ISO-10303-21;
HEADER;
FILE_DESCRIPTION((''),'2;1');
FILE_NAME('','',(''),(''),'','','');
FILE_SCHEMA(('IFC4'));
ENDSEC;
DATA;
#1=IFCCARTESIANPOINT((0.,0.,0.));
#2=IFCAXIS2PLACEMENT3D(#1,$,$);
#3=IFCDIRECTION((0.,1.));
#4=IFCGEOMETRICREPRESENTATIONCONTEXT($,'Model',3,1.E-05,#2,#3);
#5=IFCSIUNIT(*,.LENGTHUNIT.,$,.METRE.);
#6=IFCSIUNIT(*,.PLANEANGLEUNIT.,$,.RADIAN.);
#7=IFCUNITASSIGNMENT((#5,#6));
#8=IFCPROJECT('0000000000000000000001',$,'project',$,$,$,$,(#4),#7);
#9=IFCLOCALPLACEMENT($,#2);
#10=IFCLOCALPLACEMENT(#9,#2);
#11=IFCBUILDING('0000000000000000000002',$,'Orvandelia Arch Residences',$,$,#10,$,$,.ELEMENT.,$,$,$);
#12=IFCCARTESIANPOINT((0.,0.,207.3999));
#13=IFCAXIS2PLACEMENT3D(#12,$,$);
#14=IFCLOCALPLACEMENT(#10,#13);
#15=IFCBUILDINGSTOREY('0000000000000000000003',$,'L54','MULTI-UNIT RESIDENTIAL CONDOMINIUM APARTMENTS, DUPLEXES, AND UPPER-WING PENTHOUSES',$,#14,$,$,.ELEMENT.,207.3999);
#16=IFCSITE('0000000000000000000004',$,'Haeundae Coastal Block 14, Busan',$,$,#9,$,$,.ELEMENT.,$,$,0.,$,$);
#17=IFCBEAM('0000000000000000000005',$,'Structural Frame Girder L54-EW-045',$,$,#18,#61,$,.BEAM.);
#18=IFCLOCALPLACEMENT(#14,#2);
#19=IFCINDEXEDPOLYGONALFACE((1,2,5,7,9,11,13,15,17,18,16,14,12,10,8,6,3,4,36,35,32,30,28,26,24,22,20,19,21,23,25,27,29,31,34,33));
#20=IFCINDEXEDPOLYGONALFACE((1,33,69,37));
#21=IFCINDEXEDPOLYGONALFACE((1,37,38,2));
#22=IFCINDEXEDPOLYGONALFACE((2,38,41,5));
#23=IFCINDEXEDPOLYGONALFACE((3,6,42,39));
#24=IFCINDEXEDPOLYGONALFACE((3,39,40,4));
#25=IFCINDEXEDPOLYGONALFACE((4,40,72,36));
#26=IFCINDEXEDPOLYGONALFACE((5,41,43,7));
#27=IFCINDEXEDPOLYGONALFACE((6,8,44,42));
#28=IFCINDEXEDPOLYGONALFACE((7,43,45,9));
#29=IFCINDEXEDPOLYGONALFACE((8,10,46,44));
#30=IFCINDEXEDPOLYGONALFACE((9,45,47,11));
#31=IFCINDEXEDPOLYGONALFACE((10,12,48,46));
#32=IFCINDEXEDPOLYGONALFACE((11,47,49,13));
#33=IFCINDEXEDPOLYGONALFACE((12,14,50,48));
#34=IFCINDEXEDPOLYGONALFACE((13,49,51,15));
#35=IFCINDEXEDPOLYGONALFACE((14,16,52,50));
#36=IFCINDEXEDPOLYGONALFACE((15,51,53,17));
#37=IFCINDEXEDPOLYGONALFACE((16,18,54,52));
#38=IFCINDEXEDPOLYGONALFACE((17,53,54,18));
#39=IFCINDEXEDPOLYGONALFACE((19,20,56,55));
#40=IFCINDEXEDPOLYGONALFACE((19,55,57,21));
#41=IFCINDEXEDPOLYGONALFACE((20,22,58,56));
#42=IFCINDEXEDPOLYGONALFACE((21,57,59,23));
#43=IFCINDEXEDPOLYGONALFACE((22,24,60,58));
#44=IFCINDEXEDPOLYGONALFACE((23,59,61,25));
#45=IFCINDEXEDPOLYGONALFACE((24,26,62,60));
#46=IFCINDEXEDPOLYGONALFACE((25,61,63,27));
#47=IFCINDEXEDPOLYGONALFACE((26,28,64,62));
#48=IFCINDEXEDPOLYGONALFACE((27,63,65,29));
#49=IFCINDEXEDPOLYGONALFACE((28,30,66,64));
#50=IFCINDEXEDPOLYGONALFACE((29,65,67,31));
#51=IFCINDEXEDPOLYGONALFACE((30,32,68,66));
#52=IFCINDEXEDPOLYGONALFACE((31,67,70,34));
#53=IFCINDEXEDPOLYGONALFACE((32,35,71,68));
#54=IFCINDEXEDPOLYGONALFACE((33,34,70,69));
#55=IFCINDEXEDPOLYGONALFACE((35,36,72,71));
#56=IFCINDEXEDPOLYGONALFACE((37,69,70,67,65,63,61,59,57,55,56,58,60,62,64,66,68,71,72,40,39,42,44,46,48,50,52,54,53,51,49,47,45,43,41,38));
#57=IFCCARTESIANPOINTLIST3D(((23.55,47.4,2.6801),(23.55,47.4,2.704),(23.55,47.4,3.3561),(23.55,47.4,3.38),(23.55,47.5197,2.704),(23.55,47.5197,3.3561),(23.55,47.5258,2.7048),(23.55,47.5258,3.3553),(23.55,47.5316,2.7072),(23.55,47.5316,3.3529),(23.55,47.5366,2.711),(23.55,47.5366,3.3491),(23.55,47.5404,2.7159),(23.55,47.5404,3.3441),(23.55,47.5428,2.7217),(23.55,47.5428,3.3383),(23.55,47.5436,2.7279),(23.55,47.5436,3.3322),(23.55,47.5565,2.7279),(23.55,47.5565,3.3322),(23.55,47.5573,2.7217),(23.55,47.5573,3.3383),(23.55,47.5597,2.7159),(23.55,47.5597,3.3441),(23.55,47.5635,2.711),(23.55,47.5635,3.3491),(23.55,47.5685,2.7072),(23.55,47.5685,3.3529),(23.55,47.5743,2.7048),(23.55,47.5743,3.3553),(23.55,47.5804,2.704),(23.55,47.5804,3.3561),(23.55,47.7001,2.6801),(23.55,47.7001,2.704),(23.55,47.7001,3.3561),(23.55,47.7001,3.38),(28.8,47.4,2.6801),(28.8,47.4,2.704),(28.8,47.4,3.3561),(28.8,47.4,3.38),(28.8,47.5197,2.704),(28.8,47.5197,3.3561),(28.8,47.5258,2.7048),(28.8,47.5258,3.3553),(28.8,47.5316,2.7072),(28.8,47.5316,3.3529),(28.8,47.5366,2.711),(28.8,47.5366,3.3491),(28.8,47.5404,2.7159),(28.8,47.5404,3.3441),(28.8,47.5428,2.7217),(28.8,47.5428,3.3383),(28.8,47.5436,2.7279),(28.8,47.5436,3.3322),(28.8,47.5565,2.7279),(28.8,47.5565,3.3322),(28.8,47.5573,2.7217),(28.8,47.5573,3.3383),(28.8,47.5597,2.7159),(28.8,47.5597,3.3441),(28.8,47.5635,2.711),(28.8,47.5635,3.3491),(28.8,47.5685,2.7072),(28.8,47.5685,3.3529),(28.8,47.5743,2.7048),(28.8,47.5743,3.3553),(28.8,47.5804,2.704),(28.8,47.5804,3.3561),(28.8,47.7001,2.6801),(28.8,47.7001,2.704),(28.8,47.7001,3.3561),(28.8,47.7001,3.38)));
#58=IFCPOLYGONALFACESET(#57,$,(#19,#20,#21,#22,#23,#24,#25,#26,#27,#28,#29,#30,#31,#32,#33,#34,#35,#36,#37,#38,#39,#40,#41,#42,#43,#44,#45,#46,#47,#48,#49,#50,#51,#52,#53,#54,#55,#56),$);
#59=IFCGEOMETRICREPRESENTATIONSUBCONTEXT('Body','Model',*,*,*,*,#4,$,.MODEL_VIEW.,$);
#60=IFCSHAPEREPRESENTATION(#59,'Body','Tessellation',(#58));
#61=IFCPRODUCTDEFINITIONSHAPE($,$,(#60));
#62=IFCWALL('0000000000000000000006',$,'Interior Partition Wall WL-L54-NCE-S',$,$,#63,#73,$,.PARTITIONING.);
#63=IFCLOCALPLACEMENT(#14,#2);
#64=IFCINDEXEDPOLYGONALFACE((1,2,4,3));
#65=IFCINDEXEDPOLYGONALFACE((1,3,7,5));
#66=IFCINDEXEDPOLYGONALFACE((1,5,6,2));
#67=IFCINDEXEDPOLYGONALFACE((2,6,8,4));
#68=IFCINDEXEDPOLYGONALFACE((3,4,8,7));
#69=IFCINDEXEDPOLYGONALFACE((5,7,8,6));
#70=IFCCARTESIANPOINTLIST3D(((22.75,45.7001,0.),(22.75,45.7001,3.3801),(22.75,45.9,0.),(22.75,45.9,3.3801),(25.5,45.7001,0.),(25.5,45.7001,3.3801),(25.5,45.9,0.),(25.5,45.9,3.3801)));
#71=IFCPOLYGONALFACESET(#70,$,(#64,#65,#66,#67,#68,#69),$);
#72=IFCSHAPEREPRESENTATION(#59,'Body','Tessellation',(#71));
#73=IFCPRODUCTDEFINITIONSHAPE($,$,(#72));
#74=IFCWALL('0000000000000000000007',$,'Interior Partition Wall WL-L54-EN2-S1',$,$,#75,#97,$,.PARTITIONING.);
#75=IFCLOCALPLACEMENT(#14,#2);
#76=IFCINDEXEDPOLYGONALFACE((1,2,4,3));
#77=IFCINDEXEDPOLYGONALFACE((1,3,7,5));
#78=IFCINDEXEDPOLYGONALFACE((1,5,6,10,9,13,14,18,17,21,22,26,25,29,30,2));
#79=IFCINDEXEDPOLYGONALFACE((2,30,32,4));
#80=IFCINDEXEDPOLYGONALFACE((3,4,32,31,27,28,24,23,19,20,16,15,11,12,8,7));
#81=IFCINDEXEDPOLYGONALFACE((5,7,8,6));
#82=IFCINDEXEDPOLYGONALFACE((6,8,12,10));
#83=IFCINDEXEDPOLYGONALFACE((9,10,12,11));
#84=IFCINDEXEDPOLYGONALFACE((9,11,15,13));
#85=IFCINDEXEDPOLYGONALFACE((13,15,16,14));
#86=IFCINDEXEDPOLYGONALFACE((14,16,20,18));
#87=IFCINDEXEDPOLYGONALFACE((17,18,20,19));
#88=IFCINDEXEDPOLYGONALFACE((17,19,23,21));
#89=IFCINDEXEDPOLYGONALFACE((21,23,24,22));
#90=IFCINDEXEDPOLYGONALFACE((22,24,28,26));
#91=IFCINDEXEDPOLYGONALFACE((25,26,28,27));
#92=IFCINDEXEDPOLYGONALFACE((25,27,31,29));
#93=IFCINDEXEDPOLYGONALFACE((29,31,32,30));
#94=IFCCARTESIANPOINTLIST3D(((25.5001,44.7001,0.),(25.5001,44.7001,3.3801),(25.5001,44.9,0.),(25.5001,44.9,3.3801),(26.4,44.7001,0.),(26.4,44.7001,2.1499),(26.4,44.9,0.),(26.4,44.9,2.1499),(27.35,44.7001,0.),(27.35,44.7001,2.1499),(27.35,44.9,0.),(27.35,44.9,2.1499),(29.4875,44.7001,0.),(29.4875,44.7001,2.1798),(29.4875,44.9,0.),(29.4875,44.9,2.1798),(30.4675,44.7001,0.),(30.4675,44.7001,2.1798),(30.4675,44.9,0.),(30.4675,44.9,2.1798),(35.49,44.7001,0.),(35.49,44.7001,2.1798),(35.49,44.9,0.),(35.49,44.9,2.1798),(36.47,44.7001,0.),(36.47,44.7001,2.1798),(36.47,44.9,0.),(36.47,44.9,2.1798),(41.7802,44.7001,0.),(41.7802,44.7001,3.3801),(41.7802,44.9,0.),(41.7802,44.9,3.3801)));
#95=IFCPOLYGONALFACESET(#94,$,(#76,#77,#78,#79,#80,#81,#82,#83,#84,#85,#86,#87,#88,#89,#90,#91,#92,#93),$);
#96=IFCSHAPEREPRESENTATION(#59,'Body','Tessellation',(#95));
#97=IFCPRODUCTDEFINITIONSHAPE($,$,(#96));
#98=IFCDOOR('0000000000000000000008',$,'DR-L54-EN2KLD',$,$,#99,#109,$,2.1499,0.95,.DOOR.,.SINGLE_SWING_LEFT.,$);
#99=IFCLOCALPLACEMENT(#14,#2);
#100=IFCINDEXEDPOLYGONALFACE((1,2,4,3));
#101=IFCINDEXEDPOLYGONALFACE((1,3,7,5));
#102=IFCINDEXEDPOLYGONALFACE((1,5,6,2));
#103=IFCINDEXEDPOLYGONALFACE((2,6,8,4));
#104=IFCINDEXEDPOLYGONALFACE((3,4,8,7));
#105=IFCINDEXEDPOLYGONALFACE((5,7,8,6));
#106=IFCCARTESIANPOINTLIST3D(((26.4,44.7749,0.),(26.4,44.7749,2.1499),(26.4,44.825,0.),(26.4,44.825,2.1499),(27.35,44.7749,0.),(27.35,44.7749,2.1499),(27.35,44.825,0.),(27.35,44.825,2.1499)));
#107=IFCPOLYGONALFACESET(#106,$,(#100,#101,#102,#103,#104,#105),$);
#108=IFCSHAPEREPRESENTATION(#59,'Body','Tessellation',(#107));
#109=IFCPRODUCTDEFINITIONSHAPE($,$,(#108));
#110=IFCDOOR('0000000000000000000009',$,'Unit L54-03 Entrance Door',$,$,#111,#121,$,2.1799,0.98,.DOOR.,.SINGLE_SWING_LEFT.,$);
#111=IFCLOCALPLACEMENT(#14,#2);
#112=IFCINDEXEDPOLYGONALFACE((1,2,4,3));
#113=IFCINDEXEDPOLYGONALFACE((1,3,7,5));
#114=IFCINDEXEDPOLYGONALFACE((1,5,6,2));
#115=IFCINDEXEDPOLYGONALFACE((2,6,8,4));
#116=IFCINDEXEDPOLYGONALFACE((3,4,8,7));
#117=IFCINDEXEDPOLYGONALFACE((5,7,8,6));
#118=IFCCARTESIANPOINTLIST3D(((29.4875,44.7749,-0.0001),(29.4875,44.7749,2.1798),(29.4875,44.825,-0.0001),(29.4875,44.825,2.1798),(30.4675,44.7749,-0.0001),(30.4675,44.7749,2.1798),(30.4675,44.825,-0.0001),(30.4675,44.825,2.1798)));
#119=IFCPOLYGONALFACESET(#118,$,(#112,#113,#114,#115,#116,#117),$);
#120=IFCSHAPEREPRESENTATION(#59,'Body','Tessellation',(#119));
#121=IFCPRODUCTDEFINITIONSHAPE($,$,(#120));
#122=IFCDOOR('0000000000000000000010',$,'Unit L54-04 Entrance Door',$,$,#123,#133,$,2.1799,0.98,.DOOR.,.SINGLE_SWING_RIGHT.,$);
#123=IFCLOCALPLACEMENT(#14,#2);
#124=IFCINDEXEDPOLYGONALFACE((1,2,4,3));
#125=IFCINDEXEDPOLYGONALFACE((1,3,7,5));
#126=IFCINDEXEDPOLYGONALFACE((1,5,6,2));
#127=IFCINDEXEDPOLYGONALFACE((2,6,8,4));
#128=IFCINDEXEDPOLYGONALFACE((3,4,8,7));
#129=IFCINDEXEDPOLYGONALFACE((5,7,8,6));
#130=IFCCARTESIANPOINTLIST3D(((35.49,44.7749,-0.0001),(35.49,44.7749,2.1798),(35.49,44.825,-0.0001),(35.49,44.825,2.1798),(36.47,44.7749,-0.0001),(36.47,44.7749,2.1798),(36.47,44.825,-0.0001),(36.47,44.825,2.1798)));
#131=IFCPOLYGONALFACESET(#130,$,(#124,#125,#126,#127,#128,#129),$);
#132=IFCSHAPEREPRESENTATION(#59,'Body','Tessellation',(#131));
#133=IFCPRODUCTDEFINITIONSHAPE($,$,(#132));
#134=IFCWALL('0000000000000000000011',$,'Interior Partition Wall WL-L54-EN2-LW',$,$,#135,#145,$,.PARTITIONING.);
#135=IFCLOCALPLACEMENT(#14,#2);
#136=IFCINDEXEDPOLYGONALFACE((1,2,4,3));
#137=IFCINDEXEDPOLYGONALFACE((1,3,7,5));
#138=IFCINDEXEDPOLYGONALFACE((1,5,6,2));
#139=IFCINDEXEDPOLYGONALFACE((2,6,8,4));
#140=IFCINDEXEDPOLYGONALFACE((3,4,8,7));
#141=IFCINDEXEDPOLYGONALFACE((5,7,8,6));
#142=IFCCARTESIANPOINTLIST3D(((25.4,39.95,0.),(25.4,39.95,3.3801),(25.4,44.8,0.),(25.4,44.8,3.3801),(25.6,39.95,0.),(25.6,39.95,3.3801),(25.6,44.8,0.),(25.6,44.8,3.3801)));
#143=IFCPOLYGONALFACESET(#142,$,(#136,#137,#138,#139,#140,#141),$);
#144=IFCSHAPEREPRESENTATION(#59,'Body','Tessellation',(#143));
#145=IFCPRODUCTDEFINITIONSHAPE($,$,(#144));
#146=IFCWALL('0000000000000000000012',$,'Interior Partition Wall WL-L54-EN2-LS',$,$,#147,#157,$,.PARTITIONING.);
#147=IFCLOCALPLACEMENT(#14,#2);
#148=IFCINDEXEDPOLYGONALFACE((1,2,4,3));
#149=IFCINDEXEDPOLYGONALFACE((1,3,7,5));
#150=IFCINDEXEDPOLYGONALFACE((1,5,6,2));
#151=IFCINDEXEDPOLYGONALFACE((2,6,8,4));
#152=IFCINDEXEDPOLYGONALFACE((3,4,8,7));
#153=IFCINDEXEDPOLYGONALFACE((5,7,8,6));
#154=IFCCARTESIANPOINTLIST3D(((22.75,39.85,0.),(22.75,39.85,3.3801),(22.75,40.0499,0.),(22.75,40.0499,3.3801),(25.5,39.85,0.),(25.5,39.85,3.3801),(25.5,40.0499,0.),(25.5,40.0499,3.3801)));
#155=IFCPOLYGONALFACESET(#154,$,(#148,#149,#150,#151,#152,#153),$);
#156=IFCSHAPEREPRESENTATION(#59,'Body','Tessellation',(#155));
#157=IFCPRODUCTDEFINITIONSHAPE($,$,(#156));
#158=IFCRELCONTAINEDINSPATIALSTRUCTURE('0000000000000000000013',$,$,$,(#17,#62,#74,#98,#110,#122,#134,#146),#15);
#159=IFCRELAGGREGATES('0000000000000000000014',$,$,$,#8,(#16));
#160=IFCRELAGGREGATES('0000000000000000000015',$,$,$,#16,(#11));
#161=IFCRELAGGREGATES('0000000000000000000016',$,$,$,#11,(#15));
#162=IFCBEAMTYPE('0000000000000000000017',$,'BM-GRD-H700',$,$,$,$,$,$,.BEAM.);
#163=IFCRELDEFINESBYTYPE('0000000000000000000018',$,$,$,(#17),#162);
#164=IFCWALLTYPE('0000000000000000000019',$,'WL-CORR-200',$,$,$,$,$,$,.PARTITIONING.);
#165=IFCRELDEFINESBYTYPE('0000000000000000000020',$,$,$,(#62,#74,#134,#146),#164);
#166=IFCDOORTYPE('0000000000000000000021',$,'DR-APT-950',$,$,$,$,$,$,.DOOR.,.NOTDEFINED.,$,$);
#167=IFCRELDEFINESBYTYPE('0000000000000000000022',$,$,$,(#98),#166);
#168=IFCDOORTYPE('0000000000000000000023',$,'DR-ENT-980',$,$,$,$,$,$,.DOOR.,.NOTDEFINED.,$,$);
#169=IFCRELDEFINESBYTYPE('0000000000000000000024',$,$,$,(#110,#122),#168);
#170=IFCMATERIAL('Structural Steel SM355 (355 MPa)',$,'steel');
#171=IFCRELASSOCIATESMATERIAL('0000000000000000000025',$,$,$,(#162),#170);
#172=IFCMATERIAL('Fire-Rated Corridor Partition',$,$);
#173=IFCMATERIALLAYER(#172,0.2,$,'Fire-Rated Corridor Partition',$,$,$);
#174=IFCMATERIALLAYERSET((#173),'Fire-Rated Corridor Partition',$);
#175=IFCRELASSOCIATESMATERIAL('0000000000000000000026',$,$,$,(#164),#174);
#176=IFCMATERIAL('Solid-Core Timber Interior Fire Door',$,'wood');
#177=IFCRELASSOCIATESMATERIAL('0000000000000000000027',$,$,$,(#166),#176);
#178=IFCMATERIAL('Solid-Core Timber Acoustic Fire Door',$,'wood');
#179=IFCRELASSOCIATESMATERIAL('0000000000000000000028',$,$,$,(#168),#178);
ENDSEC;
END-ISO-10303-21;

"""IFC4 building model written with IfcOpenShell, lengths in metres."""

from ifc_helpers import new_model, si_unit, direction, frame, frame_2d, origin, origin_2d, place, context, subcontext, project, spatial, rectangle, i_section, extrude, material, layer, layer_set, material_profile, profile_set, type_object, element, fill, save


model = new_model("IFC4")

# Units and contexts
model_context = context("Model", 3, precision=1e-05, world=origin(), true_north=direction((0.0, 1.0)))
body_context = subcontext(model_context, "Body", "Model", "MODEL_VIEW")
ifc_project = project(units=[si_unit("LENGTHUNIT", "METRE"), si_unit("PLANEANGLEUNIT", "RADIAN")], contexts=[model_context])

# Site, building, storey
site_placement = place(None, origin())
site = spatial("IfcSite", under=ifc_project, at=site_placement, Name="Haeundae Coastal Block 14, Busan", CompositionType="ELEMENT", RefElevation=0.0)
building_placement = place(site_placement, origin())
building = spatial("IfcBuilding", under=site, at=building_placement, Name="Orvandelia Arch Residences", CompositionType="ELEMENT")
storey_placement = place(building_placement, frame((0.0, 0.0, 207.3999)))
storey = spatial("IfcBuildingStorey", under=building, at=storey_placement, Name="L54", Description="MULTI-UNIT RESIDENTIAL CONDOMINIUM APARTMENTS, DUPLEXES, AND UPPER-WING PENTHOUSES", CompositionType="ELEMENT", Elevation=207.3999)

# Beam
ifc_material_1 = material(Name="Structural Steel SM355 (355 MPa)", Category="steel")
ifc_material_profile_1 = material_profile(ifc_material_1, i_section(OverallWidth=0.3, OverallDepth=0.7, WebThickness=0.0129, FlangeThickness=0.0239, FilletRadius=0.0239, at=origin_2d()), Name="Structural Steel SM355 (355 MPa)", Category="steel")
ifc_profile_set_1 = profile_set([ifc_material_profile_1], Name="Structural Steel SM355 (355 MPa)")
beam_type = type_object("IfcBeamType", Name="BM-GRD-H700", PredefinedType="BEAM", material=ifc_profile_set_1)
beam_1_placement = place(storey_placement, frame((23.55, 47.55, 3.03), z_axis=(1.0, 0.0, 0.0), x_axis=(0.0, 1.0, 0.0)))
element("IfcBeam", 1, at=beam_1_placement, inside=storey, type_object=beam_type, Name="Structural Frame Girder L54-EW-045", PredefinedType="BEAM", context=body_context, shape_type="SweptSolid", body=[
    extrude(i_section(OverallWidth=0.3, OverallDepth=0.7, WebThickness=0.0129, FlangeThickness=0.0239, FilletRadius=0.0239, at=origin_2d()), origin(), (0.0, 0.0, 1.0), 5.25),
])

# Wall
ifc_material_2 = material(Name="Fire-Rated Corridor Partition")
ifc_layer_1 = layer(ifc_material_2, 0.2, Name="Fire-Rated Corridor Partition")
ifc_layer_set_1 = layer_set([ifc_layer_1], Name="Fire-Rated Corridor Partition")
wall_type_1 = type_object("IfcWallType", Name="WL-CORR-200", PredefinedType="PARTITIONING", material=ifc_layer_set_1)
wall_1_placement = place(storey_placement, frame((22.75, 45.8, 0.0), z_axis=(0.0, 0.0, 1.0), x_axis=(1.0, 0.0, 0.0)))
element("IfcWall", 2, at=wall_1_placement, inside=storey, type_object=wall_type_1, Name="Interior Partition Wall WL-L54-NCE-S", PredefinedType="PARTITIONING", context=body_context, shape_type="SweptSolid", body=[
    extrude(rectangle(XDim=2.75, YDim=0.2, at=frame_2d((1.375, 0.0))), origin(), (0.0, 0.0, 1.0), 3.3801),
])

# Wall, openings, doors
wall_2_placement = place(storey_placement, frame((25.5, 44.8, 0.0), z_axis=(0.0, 0.0, 1.0), x_axis=(1.0, 0.0, 0.0)))
wall_2 = element("IfcWall", 3, at=wall_2_placement, inside=storey, type_object=wall_type_1, Name="Interior Partition Wall WL-L54-EN2-S1", PredefinedType="PARTITIONING", context=body_context, shape_type="SweptSolid", body=[
    extrude(rectangle(XDim=16.28, YDim=0.2, at=frame_2d((8.1401, 0.0))), origin(), (0.0, 0.0, 1.0), 3.3801),
])
opening_1_placement = place(wall_2_placement, frame((0.8999, 0.0, 0.0)))
opening_1 = element("IfcOpeningElement", 4, at=opening_1_placement, cuts=wall_2, PredefinedType="OPENING", context=body_context, shape_type="SweptSolid", body=[
    extrude(rectangle(XDim=0.95, YDim=2.1499, at=frame_2d((0.4751, 1.075))), frame((0.0, 0.1099, 0.0), z_axis=(0.0, -1.0, 0.0), x_axis=(1.0, 0.0, 0.0)), (0.0, 0.0, 1.0), 0.22),
])
opening_2_placement = place(wall_2_placement, frame((3.9875, 0.0, 0.0)))
opening_2 = element("IfcOpeningElement", 5, at=opening_2_placement, cuts=wall_2, PredefinedType="OPENING", context=body_context, shape_type="SweptSolid", body=[
    extrude(rectangle(XDim=0.98, YDim=2.1799, at=frame_2d((0.49, 1.0898))), frame((0.0, 0.1099, 0.0), z_axis=(0.0, -1.0, 0.0), x_axis=(1.0, 0.0, 0.0)), (0.0, 0.0, 1.0), 0.22),
])
opening_3_placement = place(wall_2_placement, frame((9.99, 0.0, 0.0)))
opening_3 = element("IfcOpeningElement", 6, at=opening_3_placement, cuts=wall_2, PredefinedType="OPENING", context=body_context, shape_type="SweptSolid", body=[
    extrude(rectangle(XDim=0.98, YDim=2.1799, at=frame_2d((0.49, 1.0898))), frame((0.0, 0.1099, 0.0), z_axis=(0.0, -1.0, 0.0), x_axis=(1.0, 0.0, 0.0)), (0.0, 0.0, 1.0), 0.22),
])
ifc_material_3 = material(Name="Solid-Core Timber Interior Fire Door", Category="wood")
door_type_1 = type_object("IfcDoorType", Name="DR-APT-950", OperationType="NOTDEFINED", PredefinedType="DOOR", material=ifc_material_3)
door_1_placement = place(opening_1_placement, origin())
door_1 = element("IfcDoor", 7, at=door_1_placement, inside=storey, type_object=door_type_1, Name="DR-L54-EN2KLD", OperationType="SINGLE_SWING_LEFT", OverallHeight=2.1499, OverallWidth=0.95, PredefinedType="DOOR", context=body_context, shape_type="SweptSolid", body=[
    extrude(rectangle(XDim=0.95, YDim=2.1499, at=frame_2d((0.4751, 1.075))), frame((0.0, 0.0249, 0.0), z_axis=(0.0, -1.0, 0.0), x_axis=(1.0, 0.0, 0.0)), (0.0, 0.0, 1.0), 0.05),
])
fill(opening_1, door_1)
ifc_material_4 = material(Name="Solid-Core Timber Acoustic Fire Door", Category="wood")
door_type_2 = type_object("IfcDoorType", Name="DR-ENT-980", OperationType="NOTDEFINED", PredefinedType="DOOR", material=ifc_material_4)
door_2_placement = place(opening_2_placement, origin())
door_2 = element("IfcDoor", 8, at=door_2_placement, inside=storey, type_object=door_type_2, Name="Unit L54-03 Entrance Door", OperationType="SINGLE_SWING_LEFT", OverallHeight=2.1799, OverallWidth=0.98, PredefinedType="DOOR", context=body_context, shape_type="SweptSolid", body=[
    extrude(rectangle(XDim=0.98, YDim=2.1799, at=frame_2d((0.49, 1.0898))), frame((0.0, 0.0249, 0.0), z_axis=(0.0, -1.0, 0.0), x_axis=(1.0, 0.0, 0.0)), (0.0, 0.0, 1.0), 0.05),
])
fill(opening_2, door_2)
door_3_placement = place(opening_3_placement, origin())
door_3 = element("IfcDoor", 9, at=door_3_placement, inside=storey, type_object=door_type_2, Name="Unit L54-04 Entrance Door", OperationType="SINGLE_SWING_RIGHT", OverallHeight=2.1799, OverallWidth=0.98, PredefinedType="DOOR", context=body_context, shape_type="SweptSolid", body=[
    extrude(rectangle(XDim=0.98, YDim=2.1799, at=frame_2d((0.49, 1.0898))), frame((0.0, 0.0249, 0.0), z_axis=(0.0, -1.0, 0.0), x_axis=(1.0, 0.0, 0.0)), (0.0, 0.0, 1.0), 0.05),
])
fill(opening_3, door_3)

# Walls
wall_3_placement = place(storey_placement, frame((25.5, 39.95, 0.0), z_axis=(0.0, 0.0, 1.0), x_axis=(0.0, 1.0, 0.0)))
element("IfcWall", 10, at=wall_3_placement, inside=storey, type_object=wall_type_1, Name="Interior Partition Wall WL-L54-EN2-LW", PredefinedType="PARTITIONING", context=body_context, shape_type="SweptSolid", body=[
    extrude(rectangle(XDim=4.8501, YDim=0.2, at=frame_2d((2.425, 0.0))), origin(), (0.0, 0.0, 1.0), 3.3801),
])
wall_4_placement = place(storey_placement, frame((22.75, 39.95, 0.0), z_axis=(0.0, 0.0, 1.0), x_axis=(1.0, 0.0, 0.0)))
element("IfcWall", 11, at=wall_4_placement, inside=storey, type_object=wall_type_1, Name="Interior Partition Wall WL-L54-EN2-LS", PredefinedType="PARTITIONING", context=body_context, shape_type="SweptSolid", body=[
    extrude(rectangle(XDim=2.75, YDim=0.2, at=frame_2d((1.375, 0.0))), origin(), (0.0, 0.0, 1.0), 3.3801),
])

save(model, "model.ifc")
